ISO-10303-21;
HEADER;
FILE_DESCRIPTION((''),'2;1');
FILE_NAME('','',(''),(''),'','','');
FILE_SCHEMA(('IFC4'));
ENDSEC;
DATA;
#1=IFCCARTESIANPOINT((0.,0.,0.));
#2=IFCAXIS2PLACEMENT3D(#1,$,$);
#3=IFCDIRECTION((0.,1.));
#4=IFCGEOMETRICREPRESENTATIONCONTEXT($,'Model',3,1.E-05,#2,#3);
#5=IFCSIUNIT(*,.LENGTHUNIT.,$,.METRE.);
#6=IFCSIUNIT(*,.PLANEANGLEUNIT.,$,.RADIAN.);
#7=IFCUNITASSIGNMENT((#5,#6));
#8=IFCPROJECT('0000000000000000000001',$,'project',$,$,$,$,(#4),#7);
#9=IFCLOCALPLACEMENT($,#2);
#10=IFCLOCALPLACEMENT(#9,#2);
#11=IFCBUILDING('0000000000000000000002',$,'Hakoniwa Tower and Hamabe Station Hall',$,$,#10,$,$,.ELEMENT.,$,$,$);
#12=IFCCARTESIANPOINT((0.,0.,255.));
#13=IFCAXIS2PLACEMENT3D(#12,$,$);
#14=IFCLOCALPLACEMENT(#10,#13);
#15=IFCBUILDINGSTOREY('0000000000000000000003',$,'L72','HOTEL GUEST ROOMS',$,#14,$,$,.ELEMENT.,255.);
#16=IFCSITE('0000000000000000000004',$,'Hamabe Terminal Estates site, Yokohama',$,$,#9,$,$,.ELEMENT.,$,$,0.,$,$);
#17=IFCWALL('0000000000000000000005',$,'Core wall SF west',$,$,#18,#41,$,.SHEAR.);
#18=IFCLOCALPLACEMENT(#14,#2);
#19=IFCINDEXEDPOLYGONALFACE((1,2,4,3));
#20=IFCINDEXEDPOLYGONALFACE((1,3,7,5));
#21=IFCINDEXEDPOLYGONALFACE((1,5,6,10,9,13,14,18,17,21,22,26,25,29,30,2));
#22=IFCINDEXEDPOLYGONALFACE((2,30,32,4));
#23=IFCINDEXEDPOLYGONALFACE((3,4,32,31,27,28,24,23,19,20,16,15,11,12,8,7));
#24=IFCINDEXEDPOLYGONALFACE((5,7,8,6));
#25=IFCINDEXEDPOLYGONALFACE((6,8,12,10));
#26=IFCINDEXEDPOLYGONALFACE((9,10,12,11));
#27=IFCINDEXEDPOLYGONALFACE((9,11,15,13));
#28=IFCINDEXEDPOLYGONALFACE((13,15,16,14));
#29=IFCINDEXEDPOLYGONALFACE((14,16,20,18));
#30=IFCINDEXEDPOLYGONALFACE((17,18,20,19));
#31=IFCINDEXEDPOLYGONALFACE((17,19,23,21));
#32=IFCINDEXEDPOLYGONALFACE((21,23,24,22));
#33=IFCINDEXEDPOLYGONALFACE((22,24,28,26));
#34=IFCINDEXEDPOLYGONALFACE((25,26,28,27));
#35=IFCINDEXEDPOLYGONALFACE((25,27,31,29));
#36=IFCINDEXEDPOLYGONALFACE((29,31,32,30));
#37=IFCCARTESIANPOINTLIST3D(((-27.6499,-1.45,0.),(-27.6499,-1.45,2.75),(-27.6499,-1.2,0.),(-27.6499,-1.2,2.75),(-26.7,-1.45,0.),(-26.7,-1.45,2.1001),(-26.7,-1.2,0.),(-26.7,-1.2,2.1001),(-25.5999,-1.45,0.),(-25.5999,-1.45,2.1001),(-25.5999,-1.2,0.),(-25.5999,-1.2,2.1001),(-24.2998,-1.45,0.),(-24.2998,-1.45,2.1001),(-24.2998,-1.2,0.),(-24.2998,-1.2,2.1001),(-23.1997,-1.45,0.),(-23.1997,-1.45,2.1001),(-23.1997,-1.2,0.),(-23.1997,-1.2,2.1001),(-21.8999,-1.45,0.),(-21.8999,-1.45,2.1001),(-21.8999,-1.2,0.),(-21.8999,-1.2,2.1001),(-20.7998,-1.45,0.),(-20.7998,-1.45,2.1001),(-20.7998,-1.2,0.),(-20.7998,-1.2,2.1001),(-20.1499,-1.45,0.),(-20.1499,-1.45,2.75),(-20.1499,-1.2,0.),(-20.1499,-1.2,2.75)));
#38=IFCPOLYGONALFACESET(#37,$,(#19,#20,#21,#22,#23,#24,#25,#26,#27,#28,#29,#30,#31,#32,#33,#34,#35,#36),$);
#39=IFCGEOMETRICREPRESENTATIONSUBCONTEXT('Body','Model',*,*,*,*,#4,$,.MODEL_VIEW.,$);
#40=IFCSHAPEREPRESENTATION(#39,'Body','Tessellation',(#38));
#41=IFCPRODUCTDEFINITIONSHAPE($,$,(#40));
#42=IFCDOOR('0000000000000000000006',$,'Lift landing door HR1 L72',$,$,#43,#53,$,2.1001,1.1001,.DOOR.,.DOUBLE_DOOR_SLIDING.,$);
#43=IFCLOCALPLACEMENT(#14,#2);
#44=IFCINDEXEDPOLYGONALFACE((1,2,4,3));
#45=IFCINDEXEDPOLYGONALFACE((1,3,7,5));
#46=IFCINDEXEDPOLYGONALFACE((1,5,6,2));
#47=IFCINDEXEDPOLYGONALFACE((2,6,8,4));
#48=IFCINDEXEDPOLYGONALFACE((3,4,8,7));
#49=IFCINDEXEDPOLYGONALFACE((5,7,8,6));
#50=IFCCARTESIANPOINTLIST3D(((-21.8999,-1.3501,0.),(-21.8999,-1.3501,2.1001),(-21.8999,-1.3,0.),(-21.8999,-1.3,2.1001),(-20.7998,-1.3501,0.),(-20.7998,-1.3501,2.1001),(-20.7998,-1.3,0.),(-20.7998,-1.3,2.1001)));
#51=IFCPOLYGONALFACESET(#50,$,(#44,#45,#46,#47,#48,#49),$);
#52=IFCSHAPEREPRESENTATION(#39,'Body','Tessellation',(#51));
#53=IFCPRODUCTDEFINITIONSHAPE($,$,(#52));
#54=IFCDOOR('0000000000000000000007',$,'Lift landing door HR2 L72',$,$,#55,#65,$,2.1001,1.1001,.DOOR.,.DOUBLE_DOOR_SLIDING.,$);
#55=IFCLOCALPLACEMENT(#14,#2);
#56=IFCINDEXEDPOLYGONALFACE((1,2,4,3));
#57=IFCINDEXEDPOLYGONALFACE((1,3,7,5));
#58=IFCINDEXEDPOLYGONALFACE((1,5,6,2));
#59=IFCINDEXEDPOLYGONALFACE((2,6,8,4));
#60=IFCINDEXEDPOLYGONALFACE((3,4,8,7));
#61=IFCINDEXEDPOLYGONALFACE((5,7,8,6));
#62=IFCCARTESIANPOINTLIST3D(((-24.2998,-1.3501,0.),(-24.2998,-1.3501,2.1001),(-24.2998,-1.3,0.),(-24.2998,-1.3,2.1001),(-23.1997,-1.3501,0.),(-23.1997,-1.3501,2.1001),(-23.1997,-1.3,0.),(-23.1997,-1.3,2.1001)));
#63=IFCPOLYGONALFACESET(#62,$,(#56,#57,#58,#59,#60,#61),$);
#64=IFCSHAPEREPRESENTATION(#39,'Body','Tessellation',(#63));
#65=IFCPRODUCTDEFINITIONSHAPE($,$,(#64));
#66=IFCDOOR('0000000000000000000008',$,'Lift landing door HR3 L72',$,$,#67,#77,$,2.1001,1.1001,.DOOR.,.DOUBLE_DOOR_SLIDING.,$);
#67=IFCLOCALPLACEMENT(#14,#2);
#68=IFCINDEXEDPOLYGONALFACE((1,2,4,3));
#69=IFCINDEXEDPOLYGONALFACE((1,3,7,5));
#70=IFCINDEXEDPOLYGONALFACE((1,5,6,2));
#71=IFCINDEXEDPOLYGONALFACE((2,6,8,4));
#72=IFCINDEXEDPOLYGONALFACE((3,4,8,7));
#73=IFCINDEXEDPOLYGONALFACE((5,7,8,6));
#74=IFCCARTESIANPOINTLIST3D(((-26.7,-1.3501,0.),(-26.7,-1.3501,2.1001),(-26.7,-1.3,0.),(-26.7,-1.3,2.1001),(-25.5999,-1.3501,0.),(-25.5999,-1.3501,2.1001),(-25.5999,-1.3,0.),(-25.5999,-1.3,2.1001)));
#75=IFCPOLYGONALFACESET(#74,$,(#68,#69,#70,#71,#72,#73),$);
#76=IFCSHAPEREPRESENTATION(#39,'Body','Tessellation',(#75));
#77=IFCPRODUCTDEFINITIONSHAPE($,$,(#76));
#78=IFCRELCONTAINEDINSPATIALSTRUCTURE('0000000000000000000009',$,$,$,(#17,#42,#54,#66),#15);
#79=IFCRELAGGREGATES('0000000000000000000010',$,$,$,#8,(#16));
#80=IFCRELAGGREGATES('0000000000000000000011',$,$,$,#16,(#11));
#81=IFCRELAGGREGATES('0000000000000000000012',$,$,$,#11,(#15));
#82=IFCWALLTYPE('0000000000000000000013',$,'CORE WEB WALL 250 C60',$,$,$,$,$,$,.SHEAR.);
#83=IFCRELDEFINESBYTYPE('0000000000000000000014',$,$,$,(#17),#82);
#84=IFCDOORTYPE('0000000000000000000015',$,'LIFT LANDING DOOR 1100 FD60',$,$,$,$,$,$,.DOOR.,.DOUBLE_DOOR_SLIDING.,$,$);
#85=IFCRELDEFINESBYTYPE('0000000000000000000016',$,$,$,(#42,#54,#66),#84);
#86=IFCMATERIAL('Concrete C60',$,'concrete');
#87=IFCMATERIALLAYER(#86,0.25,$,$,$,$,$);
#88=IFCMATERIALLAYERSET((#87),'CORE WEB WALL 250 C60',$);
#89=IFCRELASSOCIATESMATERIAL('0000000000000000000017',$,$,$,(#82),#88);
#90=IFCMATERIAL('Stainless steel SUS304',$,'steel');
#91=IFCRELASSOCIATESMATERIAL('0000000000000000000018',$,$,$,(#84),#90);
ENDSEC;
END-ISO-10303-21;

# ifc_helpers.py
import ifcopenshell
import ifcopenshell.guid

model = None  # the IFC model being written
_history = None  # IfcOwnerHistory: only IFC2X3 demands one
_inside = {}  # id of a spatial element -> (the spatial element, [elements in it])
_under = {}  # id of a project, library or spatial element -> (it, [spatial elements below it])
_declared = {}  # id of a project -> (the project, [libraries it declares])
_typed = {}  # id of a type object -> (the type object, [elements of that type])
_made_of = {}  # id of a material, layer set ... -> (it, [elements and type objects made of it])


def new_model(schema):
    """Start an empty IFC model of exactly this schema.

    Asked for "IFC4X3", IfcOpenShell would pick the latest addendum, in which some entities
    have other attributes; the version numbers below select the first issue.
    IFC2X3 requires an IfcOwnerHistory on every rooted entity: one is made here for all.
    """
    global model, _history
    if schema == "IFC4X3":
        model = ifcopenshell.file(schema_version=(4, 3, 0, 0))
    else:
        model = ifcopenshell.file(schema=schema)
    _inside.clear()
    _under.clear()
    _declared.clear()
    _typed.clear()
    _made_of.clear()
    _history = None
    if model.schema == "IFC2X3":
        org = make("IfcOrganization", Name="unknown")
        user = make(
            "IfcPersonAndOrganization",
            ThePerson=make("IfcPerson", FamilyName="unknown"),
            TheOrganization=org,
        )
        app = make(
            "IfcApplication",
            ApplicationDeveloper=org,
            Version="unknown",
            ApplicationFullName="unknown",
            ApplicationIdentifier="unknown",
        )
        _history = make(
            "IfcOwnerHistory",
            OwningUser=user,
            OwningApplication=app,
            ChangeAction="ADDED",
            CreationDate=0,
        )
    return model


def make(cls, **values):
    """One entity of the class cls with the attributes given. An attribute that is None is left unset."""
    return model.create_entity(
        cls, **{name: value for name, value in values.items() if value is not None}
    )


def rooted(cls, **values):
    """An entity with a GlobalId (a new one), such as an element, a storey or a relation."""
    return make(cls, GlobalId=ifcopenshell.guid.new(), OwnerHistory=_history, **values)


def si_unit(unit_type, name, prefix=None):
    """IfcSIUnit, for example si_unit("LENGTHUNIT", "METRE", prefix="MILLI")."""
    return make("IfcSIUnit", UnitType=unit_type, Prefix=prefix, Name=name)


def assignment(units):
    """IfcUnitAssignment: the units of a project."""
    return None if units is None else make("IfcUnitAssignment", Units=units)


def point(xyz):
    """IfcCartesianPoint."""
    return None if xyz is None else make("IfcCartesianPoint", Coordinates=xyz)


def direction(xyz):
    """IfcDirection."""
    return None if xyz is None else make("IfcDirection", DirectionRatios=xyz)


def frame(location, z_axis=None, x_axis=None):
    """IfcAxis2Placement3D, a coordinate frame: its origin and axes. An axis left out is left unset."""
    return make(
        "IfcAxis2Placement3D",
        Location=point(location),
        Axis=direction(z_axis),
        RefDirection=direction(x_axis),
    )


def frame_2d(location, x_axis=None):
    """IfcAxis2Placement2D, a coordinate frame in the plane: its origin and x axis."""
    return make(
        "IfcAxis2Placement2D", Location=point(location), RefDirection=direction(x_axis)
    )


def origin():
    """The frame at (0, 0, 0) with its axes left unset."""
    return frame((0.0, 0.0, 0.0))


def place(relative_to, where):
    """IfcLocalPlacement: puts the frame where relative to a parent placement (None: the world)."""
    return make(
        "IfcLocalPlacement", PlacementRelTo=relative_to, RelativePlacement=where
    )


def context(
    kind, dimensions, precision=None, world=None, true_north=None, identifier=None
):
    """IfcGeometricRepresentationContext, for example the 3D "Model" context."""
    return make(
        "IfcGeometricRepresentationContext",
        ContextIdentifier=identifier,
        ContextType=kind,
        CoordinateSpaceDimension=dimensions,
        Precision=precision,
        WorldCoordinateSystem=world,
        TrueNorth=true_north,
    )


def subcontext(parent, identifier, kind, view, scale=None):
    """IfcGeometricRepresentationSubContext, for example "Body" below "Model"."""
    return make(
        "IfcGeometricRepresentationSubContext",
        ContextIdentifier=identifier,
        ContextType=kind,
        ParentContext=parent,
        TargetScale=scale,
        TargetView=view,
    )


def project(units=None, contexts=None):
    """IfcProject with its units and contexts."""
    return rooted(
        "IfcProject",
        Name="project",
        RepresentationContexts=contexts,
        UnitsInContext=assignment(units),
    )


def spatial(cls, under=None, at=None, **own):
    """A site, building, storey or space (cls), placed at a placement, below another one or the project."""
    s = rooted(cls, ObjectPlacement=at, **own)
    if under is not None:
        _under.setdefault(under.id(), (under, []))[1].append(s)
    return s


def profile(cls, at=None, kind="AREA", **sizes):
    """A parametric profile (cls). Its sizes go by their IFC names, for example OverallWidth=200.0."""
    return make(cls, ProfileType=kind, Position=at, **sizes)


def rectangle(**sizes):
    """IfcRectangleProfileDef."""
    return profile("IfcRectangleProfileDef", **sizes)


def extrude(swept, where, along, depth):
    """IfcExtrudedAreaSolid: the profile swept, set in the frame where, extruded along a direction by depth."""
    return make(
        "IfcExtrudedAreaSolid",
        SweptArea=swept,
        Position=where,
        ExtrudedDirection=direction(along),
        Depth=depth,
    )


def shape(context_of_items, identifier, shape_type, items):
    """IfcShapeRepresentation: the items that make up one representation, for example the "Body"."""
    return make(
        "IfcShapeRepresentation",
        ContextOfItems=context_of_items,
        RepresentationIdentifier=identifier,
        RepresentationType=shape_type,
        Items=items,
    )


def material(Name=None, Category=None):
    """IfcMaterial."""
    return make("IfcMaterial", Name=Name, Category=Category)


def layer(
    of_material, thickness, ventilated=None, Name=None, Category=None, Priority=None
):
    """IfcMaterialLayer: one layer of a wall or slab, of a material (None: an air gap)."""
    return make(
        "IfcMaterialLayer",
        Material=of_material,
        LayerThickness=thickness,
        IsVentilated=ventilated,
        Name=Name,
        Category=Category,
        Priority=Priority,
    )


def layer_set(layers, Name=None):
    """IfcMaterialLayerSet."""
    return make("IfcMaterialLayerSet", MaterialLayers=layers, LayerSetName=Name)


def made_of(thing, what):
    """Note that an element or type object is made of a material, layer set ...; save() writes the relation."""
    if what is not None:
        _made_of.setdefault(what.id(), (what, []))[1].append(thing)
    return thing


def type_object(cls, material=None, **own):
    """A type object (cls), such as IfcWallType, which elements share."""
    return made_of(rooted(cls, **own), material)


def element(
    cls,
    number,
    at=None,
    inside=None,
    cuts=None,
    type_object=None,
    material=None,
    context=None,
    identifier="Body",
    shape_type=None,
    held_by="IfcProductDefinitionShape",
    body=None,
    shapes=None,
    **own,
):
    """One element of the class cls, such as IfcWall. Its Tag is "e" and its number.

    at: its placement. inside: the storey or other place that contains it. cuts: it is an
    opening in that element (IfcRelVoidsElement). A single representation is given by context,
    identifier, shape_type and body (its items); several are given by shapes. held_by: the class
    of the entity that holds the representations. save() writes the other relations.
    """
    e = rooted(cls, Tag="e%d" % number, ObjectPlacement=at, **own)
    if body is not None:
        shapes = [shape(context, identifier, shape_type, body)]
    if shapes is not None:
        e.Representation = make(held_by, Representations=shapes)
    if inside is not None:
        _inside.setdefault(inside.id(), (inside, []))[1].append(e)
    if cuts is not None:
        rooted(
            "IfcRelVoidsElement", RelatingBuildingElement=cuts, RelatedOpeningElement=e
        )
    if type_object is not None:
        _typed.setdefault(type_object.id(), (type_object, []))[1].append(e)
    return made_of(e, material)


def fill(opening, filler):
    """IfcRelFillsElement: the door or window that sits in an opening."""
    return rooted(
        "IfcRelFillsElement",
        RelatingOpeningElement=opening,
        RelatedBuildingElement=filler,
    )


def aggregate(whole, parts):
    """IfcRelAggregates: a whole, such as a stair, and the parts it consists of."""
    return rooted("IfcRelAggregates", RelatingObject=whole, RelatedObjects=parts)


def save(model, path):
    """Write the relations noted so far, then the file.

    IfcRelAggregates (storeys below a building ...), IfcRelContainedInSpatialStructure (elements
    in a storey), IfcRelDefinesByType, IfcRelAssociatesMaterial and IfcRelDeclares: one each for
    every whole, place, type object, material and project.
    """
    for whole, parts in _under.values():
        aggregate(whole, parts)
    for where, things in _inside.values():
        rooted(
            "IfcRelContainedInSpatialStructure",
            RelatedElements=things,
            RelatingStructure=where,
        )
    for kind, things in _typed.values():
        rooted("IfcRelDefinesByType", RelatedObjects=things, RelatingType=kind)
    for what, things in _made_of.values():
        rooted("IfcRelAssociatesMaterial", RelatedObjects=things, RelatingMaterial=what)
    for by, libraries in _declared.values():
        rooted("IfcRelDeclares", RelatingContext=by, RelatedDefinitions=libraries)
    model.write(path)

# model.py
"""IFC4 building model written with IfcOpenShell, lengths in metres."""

from ifc_helpers import new_model, si_unit, direction, frame, frame_2d, origin, place, context, subcontext, project, spatial, rectangle, extrude, material, layer, layer_set, type_object, element, fill, save


model = new_model("IFC4")

# Units and contexts
model_context = context("Model", 3, precision=1e-05, world=origin(), true_north=direction((0.0, 1.0)))
body_context = subcontext(model_context, "Body", "Model", "MODEL_VIEW")
ifc_project = project(units=[si_unit("LENGTHUNIT", "METRE"), si_unit("PLANEANGLEUNIT", "RADIAN")], contexts=[model_context])

# Site, building, storey
site_placement = place(None, origin())
site = spatial("IfcSite", under=ifc_project, at=site_placement, Name="Hamabe Terminal Estates site, Yokohama", CompositionType="ELEMENT", RefElevation=0.0)
building_placement = place(site_placement, origin())
building = spatial("IfcBuilding", under=site, at=building_placement, Name="Hakoniwa Tower and Hamabe Station Hall", CompositionType="ELEMENT")
storey_placement = place(building_placement, frame((0.0, 0.0, 255.0)))
storey = spatial("IfcBuildingStorey", under=building, at=storey_placement, Name="L72", Description="HOTEL GUEST ROOMS", CompositionType="ELEMENT", Elevation=255.0)

# Shared definitions
ifc_material_1 = material(Name="Concrete C60", Category="concrete")
ifc_layer_1 = layer(ifc_material_1, 0.25)
ifc_layer_set_1 = layer_set([ifc_layer_1], Name="CORE WEB WALL 250 C60")
wall_type_1 = type_object("IfcWallType", Name="CORE WEB WALL 250 C60", PredefinedType="SHEAR", material=ifc_layer_set_1)

# Shared definitions
ifc_material_2 = material(Name="Stainless steel SUS304", Category="steel")
door_type_1 = type_object("IfcDoorType", Name="LIFT LANDING DOOR 1100 FD60", OperationType="DOUBLE_DOOR_SLIDING", PredefinedType="DOOR", material=ifc_material_2)

# Wall, openings, doors
wall_1_placement = place(storey_placement, frame((-27.6499, -1.325, 0.0), z_axis=(0.0, 0.0, 1.0), x_axis=(1.0, 0.0, 0.0)))
wall_1 = element("IfcWall", 1, at=wall_1_placement, inside=storey, type_object=wall_type_1, Name="Core wall SF west", PredefinedType="SHEAR", context=body_context, shape_type="SweptSolid", body=[
    extrude(rectangle(XDim=7.5, YDim=0.25, at=frame_2d((3.75, 0.0))), origin(), (0.0, 0.0, 1.0), 2.75),
])
opening_1_placement = place(wall_1_placement, frame((5.75, 0.0, 0.0)))
opening_1 = element("IfcOpeningElement", 2, at=opening_1_placement, cuts=wall_1, PredefinedType="OPENING", context=body_context, shape_type="SweptSolid", body=[
    extrude(rectangle(XDim=1.1001, YDim=2.1001, at=frame_2d((0.55, 1.05))), frame((0.0, 0.135, 0.0), z_axis=(0.0, -1.0, 0.0), x_axis=(1.0, 0.0, 0.0)), (0.0, 0.0, 1.0), 0.27),
])
opening_2_placement = place(wall_1_placement, frame((3.3501, 0.0, 0.0)))
opening_2 = element("IfcOpeningElement", 3, at=opening_2_placement, cuts=wall_1, PredefinedType="OPENING", context=body_context, shape_type="SweptSolid", body=[
    extrude(rectangle(XDim=1.1001, YDim=2.1001, at=frame_2d((0.55, 1.05))), frame((0.0, 0.135, 0.0), z_axis=(0.0, -1.0, 0.0), x_axis=(1.0, 0.0, 0.0)), (0.0, 0.0, 1.0), 0.27),
])
opening_3_placement = place(wall_1_placement, frame((0.95, 0.0, 0.0)))
opening_3 = element("IfcOpeningElement", 4, at=opening_3_placement, cuts=wall_1, PredefinedType="OPENING", context=body_context, shape_type="SweptSolid", body=[
    extrude(rectangle(XDim=1.1001, YDim=2.1001, at=frame_2d((0.55, 1.05))), frame((0.0, 0.135, 0.0), z_axis=(0.0, -1.0, 0.0), x_axis=(1.0, 0.0, 0.0)), (0.0, 0.0, 1.0), 0.27),
])
door_1_placement = place(opening_1_placement, origin())
door_1 = element("IfcDoor", 5, at=door_1_placement, inside=storey, type_object=door_type_1, Name="Lift landing door HR1 L72", OperationType="DOUBLE_DOOR_SLIDING", OverallHeight=2.1001, OverallWidth=1.1001, PredefinedType="DOOR", context=body_context, shape_type="SweptSolid", body=[
    extrude(rectangle(XDim=1.1001, YDim=2.1001, at=frame_2d((0.55, 1.05))), frame((0.0, 0.0249, 0.0), z_axis=(0.0, -1.0, 0.0), x_axis=(1.0, 0.0, 0.0)), (0.0, 0.0, 1.0), 0.05),
])
fill(opening_1, door_1)
door_2_placement = place(opening_2_placement, origin())
door_2 = element("IfcDoor", 6, at=door_2_placement, inside=storey, type_object=door_type_1, Name="Lift landing door HR2 L72", OperationType="DOUBLE_DOOR_SLIDING", OverallHeight=2.1001, OverallWidth=1.1001, PredefinedType="DOOR", context=body_context, shape_type="SweptSolid", body=[
    extrude(rectangle(XDim=1.1001, YDim=2.1001, at=frame_2d((0.55, 1.05))), frame((0.0, 0.0249, 0.0), z_axis=(0.0, -1.0, 0.0), x_axis=(1.0, 0.0, 0.0)), (0.0, 0.0, 1.0), 0.05),
])
fill(opening_2, door_2)
door_3_placement = place(opening_3_placement, origin())
door_3 = element("IfcDoor", 7, at=door_3_placement, inside=storey, type_object=door_type_1, Name="Lift landing door HR3 L72", OperationType="DOUBLE_DOOR_SLIDING", OverallHeight=2.1001, OverallWidth=1.1001, PredefinedType="DOOR", context=body_context, shape_type="SweptSolid", body=[
    extrude(rectangle(XDim=1.1001, YDim=2.1001, at=frame_2d((0.55, 1.05))), frame((0.0, 0.0249, 0.0), z_axis=(0.0, -1.0, 0.0), x_axis=(1.0, 0.0, 0.0)), (0.0, 0.0, 1.0), 0.05),
])
fill(opening_3, door_3)

save(model, "model.ifc")
